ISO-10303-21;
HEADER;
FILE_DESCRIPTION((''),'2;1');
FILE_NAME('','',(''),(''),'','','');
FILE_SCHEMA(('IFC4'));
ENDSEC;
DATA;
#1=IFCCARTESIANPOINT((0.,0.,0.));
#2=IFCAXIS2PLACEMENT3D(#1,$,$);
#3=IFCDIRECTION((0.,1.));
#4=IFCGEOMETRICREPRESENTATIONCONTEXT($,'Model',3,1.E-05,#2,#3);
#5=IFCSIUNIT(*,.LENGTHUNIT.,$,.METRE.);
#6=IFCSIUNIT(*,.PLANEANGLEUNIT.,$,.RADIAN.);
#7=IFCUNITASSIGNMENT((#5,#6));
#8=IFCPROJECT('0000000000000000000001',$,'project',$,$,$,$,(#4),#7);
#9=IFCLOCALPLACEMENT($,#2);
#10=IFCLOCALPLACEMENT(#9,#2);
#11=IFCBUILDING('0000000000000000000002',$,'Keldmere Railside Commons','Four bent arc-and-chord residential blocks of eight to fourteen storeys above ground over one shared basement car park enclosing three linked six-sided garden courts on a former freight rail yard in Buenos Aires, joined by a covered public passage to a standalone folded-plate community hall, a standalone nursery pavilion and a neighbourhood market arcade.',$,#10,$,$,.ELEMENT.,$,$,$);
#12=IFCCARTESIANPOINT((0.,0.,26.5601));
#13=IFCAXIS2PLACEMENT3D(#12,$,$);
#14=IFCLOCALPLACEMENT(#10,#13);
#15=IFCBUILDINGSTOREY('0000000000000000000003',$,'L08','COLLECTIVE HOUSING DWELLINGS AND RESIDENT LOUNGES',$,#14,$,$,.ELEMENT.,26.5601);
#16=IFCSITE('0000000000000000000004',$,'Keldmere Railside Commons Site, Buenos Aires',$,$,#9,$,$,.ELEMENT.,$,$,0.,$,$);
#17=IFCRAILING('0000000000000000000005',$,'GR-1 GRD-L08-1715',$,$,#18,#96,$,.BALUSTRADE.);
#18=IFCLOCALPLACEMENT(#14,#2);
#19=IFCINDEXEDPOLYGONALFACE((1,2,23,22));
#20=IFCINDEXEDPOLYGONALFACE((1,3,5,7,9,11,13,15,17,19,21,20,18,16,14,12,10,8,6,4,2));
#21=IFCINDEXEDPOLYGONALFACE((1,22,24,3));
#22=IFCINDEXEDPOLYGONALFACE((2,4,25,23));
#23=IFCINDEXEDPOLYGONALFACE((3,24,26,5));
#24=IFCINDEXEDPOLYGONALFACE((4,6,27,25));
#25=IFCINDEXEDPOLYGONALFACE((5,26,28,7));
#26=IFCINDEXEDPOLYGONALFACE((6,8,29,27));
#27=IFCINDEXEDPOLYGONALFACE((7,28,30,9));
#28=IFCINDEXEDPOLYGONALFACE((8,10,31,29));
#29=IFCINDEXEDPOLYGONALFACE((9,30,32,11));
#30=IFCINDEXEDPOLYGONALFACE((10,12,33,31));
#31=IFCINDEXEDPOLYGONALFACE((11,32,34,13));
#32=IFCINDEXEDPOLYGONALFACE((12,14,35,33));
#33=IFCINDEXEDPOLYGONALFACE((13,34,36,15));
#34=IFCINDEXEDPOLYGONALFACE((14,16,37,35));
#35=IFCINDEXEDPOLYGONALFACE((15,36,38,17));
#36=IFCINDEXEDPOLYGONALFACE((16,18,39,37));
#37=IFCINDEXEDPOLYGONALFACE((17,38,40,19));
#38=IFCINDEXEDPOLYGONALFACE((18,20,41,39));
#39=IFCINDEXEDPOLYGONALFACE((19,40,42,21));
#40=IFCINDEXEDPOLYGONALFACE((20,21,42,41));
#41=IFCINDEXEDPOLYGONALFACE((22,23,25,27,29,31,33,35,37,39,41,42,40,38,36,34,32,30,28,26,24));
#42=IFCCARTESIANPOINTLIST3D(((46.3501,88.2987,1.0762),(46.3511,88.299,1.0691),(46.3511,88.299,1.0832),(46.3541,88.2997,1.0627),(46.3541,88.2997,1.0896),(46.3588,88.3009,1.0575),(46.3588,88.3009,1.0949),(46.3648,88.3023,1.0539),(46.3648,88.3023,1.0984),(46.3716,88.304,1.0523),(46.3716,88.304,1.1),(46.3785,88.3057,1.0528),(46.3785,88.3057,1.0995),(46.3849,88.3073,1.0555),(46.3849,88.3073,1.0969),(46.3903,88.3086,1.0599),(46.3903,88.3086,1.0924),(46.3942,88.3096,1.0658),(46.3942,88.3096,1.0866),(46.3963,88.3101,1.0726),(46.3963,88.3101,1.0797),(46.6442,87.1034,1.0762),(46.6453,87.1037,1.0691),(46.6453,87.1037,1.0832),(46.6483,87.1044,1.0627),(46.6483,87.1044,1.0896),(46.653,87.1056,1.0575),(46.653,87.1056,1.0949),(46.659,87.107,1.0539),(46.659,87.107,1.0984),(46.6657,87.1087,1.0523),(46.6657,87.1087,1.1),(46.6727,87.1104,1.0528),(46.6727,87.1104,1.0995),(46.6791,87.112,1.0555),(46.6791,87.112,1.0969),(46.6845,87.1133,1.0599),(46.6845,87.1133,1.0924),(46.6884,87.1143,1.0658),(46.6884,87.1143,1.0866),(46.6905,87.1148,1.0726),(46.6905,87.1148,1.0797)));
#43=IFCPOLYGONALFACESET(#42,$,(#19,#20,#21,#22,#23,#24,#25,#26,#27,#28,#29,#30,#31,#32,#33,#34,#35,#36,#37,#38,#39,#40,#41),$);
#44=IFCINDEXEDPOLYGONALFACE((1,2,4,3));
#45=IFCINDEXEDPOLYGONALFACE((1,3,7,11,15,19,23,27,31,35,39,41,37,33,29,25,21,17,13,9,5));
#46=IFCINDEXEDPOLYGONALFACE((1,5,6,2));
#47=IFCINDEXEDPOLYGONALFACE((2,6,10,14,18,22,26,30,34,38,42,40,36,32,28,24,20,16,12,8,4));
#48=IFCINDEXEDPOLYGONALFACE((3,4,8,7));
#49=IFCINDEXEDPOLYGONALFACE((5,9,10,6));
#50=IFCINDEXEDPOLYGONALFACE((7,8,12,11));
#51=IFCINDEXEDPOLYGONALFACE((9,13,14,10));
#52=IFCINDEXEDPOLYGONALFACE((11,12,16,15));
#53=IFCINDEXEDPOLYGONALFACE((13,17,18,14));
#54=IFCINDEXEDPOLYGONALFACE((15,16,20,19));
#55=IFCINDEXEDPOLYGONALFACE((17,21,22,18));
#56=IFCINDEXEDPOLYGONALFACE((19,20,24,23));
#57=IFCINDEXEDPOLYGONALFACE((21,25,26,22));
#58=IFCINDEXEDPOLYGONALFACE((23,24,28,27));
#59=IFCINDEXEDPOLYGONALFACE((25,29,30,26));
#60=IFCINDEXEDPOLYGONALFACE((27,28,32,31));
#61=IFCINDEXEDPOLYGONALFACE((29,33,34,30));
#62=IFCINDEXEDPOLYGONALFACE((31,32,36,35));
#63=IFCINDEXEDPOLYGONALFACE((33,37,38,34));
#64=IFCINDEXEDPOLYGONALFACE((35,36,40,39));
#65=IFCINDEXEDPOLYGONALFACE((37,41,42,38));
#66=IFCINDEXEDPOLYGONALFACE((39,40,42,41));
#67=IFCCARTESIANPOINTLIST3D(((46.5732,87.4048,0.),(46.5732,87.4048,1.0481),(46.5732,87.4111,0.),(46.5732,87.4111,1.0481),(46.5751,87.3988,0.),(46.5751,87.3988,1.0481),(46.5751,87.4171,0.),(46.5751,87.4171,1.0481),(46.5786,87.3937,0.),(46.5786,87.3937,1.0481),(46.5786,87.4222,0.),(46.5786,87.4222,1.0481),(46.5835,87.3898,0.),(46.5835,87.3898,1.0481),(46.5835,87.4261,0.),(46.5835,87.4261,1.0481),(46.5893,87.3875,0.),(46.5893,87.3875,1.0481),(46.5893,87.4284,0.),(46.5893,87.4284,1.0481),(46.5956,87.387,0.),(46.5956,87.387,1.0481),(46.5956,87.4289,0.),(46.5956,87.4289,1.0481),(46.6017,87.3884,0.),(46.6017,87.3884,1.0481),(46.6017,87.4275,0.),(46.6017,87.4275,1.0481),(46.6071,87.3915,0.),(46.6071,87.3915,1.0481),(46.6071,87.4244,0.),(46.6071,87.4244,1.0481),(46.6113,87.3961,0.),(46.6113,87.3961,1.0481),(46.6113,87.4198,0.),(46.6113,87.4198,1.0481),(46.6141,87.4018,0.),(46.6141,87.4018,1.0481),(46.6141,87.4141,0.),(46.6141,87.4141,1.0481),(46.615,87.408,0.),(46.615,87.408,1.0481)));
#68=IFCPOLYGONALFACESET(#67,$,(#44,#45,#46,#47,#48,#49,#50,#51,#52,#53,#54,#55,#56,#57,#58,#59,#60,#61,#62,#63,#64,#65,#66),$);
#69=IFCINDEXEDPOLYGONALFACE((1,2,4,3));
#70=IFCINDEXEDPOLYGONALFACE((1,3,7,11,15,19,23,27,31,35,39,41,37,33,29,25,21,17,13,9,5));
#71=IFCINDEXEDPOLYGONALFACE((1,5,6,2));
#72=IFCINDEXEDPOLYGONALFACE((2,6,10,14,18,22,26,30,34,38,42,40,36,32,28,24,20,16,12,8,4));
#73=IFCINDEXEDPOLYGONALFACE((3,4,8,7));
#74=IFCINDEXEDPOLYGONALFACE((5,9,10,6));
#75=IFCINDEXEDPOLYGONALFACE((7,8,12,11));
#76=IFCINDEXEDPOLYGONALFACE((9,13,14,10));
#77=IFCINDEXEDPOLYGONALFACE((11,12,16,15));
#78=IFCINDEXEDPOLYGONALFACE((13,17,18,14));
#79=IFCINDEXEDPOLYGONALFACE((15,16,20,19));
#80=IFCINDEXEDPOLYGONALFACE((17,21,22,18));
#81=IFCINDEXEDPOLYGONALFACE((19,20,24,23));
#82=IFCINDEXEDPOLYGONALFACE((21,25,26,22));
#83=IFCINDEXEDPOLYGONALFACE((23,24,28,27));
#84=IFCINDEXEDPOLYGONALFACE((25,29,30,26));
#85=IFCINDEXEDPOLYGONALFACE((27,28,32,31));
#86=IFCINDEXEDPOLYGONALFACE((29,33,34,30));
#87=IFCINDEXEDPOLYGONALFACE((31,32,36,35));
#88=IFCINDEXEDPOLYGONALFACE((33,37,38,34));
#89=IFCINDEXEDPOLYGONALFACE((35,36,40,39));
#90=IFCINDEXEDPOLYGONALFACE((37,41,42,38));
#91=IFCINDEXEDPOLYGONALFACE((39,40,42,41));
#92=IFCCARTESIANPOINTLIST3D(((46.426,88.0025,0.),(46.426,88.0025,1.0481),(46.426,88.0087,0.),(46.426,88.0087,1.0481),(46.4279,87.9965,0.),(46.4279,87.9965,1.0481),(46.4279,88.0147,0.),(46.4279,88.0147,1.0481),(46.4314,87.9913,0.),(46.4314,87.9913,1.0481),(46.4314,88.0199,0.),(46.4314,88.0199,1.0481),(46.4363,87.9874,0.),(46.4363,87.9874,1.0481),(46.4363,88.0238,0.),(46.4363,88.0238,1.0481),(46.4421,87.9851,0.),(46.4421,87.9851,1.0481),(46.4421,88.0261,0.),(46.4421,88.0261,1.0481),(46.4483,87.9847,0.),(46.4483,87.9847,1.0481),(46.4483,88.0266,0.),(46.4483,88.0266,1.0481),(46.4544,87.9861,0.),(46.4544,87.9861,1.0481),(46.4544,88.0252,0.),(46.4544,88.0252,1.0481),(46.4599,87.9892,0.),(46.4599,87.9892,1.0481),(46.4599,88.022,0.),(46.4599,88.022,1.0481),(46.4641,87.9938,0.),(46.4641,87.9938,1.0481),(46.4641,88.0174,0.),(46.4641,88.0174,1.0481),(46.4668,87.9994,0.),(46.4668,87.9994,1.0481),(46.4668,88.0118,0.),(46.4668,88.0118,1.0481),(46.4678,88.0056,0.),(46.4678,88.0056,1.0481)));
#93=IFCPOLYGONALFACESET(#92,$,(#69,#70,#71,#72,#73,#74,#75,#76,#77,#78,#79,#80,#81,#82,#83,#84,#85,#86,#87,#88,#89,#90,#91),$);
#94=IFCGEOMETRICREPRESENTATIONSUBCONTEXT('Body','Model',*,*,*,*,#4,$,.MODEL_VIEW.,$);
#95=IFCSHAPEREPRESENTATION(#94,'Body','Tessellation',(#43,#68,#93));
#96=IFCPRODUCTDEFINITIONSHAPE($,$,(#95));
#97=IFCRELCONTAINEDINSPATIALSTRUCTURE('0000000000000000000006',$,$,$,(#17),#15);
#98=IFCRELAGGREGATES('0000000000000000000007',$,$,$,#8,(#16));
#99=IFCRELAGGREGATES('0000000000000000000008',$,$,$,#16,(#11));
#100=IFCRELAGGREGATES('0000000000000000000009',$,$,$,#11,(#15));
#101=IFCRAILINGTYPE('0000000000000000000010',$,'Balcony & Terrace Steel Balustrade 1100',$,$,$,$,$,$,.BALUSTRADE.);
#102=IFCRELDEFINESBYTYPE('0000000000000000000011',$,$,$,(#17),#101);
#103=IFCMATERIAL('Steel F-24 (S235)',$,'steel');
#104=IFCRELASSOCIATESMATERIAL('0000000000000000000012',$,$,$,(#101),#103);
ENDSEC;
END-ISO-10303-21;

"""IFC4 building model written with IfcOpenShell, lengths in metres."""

from ifc_helpers import new_model, si_unit, direction, frame, origin, origin_2d, place, context, subcontext, project, spatial, circle, extrude, material, type_object, element, save


model = new_model("IFC4")

# Units and contexts
model_context = context("Model", 3, precision=1e-05, world=origin(), true_north=direction((0.0, 1.0)))
body_context = subcontext(model_context, "Body", "Model", "MODEL_VIEW")
ifc_project = project(units=[si_unit("LENGTHUNIT", "METRE"), si_unit("PLANEANGLEUNIT", "RADIAN")], contexts=[model_context])

# Site, building, storey
site_placement = place(None, origin())
site = spatial("IfcSite", under=ifc_project, at=site_placement, Name="Keldmere Railside Commons Site, Buenos Aires", CompositionType="ELEMENT", RefElevation=0.0)
building_placement = place(site_placement, origin())
building = spatial("IfcBuilding", under=site, at=building_placement, Name="Keldmere Railside Commons", Description="Four bent arc-and-chord residential blocks of eight to fourteen storeys above ground over one shared basement car park enclosing three linked six-sided garden courts on a former freight rail yard in Buenos Aires, joined by a covered public passage to a standalone folded-plate community hall, a standalone nursery pavilion and a neighbourhood market arcade.", CompositionType="ELEMENT")
storey_placement = place(building_placement, frame((0.0, 0.0, 26.5601)))
storey = spatial("IfcBuildingStorey", under=building, at=storey_placement, Name="L08", Description="COLLECTIVE HOUSING DWELLINGS AND RESIDENT LOUNGES", CompositionType="ELEMENT", Elevation=26.5601)

# Railing
ifc_material_1 = material(Name="Steel F-24 (S235)", Category="steel")
railing_type = type_object("IfcRailingType", Name="Balcony & Terrace Steel Balustrade 1100", PredefinedType="BALUSTRADE", material=ifc_material_1)
railing_1_placement = place(storey_placement, frame((46.6675, 87.1091, 0.0)))
element("IfcRailing", 1, at=railing_1_placement, inside=storey, type_object=railing_type, Name="GR-1 GRD-L08-1715", PredefinedType="BALUSTRADE", context=body_context, shape_type="SweptSolid", body=[
    extrude(circle(Radius=0.0239, at=origin_2d()), frame((0.0, 0.0, 1.0762), z_axis=(-0.238987, 0.971023, 0.0), x_axis=(-0.971023, -0.238987, 0.0)), (0.0, 0.0, 1.0), 1.231),
    extrude(circle(Radius=0.021, at=origin_2d()), frame((-0.0735, 0.2988, 0.0)), (0.0, 0.0, 1.0), 1.0481),
    extrude(circle(Radius=0.021, at=origin_2d()), frame((-0.2207, 0.8965, 0.0)), (0.0, 0.0, 1.0), 1.0481),
])

save(model, "model.ifc")
